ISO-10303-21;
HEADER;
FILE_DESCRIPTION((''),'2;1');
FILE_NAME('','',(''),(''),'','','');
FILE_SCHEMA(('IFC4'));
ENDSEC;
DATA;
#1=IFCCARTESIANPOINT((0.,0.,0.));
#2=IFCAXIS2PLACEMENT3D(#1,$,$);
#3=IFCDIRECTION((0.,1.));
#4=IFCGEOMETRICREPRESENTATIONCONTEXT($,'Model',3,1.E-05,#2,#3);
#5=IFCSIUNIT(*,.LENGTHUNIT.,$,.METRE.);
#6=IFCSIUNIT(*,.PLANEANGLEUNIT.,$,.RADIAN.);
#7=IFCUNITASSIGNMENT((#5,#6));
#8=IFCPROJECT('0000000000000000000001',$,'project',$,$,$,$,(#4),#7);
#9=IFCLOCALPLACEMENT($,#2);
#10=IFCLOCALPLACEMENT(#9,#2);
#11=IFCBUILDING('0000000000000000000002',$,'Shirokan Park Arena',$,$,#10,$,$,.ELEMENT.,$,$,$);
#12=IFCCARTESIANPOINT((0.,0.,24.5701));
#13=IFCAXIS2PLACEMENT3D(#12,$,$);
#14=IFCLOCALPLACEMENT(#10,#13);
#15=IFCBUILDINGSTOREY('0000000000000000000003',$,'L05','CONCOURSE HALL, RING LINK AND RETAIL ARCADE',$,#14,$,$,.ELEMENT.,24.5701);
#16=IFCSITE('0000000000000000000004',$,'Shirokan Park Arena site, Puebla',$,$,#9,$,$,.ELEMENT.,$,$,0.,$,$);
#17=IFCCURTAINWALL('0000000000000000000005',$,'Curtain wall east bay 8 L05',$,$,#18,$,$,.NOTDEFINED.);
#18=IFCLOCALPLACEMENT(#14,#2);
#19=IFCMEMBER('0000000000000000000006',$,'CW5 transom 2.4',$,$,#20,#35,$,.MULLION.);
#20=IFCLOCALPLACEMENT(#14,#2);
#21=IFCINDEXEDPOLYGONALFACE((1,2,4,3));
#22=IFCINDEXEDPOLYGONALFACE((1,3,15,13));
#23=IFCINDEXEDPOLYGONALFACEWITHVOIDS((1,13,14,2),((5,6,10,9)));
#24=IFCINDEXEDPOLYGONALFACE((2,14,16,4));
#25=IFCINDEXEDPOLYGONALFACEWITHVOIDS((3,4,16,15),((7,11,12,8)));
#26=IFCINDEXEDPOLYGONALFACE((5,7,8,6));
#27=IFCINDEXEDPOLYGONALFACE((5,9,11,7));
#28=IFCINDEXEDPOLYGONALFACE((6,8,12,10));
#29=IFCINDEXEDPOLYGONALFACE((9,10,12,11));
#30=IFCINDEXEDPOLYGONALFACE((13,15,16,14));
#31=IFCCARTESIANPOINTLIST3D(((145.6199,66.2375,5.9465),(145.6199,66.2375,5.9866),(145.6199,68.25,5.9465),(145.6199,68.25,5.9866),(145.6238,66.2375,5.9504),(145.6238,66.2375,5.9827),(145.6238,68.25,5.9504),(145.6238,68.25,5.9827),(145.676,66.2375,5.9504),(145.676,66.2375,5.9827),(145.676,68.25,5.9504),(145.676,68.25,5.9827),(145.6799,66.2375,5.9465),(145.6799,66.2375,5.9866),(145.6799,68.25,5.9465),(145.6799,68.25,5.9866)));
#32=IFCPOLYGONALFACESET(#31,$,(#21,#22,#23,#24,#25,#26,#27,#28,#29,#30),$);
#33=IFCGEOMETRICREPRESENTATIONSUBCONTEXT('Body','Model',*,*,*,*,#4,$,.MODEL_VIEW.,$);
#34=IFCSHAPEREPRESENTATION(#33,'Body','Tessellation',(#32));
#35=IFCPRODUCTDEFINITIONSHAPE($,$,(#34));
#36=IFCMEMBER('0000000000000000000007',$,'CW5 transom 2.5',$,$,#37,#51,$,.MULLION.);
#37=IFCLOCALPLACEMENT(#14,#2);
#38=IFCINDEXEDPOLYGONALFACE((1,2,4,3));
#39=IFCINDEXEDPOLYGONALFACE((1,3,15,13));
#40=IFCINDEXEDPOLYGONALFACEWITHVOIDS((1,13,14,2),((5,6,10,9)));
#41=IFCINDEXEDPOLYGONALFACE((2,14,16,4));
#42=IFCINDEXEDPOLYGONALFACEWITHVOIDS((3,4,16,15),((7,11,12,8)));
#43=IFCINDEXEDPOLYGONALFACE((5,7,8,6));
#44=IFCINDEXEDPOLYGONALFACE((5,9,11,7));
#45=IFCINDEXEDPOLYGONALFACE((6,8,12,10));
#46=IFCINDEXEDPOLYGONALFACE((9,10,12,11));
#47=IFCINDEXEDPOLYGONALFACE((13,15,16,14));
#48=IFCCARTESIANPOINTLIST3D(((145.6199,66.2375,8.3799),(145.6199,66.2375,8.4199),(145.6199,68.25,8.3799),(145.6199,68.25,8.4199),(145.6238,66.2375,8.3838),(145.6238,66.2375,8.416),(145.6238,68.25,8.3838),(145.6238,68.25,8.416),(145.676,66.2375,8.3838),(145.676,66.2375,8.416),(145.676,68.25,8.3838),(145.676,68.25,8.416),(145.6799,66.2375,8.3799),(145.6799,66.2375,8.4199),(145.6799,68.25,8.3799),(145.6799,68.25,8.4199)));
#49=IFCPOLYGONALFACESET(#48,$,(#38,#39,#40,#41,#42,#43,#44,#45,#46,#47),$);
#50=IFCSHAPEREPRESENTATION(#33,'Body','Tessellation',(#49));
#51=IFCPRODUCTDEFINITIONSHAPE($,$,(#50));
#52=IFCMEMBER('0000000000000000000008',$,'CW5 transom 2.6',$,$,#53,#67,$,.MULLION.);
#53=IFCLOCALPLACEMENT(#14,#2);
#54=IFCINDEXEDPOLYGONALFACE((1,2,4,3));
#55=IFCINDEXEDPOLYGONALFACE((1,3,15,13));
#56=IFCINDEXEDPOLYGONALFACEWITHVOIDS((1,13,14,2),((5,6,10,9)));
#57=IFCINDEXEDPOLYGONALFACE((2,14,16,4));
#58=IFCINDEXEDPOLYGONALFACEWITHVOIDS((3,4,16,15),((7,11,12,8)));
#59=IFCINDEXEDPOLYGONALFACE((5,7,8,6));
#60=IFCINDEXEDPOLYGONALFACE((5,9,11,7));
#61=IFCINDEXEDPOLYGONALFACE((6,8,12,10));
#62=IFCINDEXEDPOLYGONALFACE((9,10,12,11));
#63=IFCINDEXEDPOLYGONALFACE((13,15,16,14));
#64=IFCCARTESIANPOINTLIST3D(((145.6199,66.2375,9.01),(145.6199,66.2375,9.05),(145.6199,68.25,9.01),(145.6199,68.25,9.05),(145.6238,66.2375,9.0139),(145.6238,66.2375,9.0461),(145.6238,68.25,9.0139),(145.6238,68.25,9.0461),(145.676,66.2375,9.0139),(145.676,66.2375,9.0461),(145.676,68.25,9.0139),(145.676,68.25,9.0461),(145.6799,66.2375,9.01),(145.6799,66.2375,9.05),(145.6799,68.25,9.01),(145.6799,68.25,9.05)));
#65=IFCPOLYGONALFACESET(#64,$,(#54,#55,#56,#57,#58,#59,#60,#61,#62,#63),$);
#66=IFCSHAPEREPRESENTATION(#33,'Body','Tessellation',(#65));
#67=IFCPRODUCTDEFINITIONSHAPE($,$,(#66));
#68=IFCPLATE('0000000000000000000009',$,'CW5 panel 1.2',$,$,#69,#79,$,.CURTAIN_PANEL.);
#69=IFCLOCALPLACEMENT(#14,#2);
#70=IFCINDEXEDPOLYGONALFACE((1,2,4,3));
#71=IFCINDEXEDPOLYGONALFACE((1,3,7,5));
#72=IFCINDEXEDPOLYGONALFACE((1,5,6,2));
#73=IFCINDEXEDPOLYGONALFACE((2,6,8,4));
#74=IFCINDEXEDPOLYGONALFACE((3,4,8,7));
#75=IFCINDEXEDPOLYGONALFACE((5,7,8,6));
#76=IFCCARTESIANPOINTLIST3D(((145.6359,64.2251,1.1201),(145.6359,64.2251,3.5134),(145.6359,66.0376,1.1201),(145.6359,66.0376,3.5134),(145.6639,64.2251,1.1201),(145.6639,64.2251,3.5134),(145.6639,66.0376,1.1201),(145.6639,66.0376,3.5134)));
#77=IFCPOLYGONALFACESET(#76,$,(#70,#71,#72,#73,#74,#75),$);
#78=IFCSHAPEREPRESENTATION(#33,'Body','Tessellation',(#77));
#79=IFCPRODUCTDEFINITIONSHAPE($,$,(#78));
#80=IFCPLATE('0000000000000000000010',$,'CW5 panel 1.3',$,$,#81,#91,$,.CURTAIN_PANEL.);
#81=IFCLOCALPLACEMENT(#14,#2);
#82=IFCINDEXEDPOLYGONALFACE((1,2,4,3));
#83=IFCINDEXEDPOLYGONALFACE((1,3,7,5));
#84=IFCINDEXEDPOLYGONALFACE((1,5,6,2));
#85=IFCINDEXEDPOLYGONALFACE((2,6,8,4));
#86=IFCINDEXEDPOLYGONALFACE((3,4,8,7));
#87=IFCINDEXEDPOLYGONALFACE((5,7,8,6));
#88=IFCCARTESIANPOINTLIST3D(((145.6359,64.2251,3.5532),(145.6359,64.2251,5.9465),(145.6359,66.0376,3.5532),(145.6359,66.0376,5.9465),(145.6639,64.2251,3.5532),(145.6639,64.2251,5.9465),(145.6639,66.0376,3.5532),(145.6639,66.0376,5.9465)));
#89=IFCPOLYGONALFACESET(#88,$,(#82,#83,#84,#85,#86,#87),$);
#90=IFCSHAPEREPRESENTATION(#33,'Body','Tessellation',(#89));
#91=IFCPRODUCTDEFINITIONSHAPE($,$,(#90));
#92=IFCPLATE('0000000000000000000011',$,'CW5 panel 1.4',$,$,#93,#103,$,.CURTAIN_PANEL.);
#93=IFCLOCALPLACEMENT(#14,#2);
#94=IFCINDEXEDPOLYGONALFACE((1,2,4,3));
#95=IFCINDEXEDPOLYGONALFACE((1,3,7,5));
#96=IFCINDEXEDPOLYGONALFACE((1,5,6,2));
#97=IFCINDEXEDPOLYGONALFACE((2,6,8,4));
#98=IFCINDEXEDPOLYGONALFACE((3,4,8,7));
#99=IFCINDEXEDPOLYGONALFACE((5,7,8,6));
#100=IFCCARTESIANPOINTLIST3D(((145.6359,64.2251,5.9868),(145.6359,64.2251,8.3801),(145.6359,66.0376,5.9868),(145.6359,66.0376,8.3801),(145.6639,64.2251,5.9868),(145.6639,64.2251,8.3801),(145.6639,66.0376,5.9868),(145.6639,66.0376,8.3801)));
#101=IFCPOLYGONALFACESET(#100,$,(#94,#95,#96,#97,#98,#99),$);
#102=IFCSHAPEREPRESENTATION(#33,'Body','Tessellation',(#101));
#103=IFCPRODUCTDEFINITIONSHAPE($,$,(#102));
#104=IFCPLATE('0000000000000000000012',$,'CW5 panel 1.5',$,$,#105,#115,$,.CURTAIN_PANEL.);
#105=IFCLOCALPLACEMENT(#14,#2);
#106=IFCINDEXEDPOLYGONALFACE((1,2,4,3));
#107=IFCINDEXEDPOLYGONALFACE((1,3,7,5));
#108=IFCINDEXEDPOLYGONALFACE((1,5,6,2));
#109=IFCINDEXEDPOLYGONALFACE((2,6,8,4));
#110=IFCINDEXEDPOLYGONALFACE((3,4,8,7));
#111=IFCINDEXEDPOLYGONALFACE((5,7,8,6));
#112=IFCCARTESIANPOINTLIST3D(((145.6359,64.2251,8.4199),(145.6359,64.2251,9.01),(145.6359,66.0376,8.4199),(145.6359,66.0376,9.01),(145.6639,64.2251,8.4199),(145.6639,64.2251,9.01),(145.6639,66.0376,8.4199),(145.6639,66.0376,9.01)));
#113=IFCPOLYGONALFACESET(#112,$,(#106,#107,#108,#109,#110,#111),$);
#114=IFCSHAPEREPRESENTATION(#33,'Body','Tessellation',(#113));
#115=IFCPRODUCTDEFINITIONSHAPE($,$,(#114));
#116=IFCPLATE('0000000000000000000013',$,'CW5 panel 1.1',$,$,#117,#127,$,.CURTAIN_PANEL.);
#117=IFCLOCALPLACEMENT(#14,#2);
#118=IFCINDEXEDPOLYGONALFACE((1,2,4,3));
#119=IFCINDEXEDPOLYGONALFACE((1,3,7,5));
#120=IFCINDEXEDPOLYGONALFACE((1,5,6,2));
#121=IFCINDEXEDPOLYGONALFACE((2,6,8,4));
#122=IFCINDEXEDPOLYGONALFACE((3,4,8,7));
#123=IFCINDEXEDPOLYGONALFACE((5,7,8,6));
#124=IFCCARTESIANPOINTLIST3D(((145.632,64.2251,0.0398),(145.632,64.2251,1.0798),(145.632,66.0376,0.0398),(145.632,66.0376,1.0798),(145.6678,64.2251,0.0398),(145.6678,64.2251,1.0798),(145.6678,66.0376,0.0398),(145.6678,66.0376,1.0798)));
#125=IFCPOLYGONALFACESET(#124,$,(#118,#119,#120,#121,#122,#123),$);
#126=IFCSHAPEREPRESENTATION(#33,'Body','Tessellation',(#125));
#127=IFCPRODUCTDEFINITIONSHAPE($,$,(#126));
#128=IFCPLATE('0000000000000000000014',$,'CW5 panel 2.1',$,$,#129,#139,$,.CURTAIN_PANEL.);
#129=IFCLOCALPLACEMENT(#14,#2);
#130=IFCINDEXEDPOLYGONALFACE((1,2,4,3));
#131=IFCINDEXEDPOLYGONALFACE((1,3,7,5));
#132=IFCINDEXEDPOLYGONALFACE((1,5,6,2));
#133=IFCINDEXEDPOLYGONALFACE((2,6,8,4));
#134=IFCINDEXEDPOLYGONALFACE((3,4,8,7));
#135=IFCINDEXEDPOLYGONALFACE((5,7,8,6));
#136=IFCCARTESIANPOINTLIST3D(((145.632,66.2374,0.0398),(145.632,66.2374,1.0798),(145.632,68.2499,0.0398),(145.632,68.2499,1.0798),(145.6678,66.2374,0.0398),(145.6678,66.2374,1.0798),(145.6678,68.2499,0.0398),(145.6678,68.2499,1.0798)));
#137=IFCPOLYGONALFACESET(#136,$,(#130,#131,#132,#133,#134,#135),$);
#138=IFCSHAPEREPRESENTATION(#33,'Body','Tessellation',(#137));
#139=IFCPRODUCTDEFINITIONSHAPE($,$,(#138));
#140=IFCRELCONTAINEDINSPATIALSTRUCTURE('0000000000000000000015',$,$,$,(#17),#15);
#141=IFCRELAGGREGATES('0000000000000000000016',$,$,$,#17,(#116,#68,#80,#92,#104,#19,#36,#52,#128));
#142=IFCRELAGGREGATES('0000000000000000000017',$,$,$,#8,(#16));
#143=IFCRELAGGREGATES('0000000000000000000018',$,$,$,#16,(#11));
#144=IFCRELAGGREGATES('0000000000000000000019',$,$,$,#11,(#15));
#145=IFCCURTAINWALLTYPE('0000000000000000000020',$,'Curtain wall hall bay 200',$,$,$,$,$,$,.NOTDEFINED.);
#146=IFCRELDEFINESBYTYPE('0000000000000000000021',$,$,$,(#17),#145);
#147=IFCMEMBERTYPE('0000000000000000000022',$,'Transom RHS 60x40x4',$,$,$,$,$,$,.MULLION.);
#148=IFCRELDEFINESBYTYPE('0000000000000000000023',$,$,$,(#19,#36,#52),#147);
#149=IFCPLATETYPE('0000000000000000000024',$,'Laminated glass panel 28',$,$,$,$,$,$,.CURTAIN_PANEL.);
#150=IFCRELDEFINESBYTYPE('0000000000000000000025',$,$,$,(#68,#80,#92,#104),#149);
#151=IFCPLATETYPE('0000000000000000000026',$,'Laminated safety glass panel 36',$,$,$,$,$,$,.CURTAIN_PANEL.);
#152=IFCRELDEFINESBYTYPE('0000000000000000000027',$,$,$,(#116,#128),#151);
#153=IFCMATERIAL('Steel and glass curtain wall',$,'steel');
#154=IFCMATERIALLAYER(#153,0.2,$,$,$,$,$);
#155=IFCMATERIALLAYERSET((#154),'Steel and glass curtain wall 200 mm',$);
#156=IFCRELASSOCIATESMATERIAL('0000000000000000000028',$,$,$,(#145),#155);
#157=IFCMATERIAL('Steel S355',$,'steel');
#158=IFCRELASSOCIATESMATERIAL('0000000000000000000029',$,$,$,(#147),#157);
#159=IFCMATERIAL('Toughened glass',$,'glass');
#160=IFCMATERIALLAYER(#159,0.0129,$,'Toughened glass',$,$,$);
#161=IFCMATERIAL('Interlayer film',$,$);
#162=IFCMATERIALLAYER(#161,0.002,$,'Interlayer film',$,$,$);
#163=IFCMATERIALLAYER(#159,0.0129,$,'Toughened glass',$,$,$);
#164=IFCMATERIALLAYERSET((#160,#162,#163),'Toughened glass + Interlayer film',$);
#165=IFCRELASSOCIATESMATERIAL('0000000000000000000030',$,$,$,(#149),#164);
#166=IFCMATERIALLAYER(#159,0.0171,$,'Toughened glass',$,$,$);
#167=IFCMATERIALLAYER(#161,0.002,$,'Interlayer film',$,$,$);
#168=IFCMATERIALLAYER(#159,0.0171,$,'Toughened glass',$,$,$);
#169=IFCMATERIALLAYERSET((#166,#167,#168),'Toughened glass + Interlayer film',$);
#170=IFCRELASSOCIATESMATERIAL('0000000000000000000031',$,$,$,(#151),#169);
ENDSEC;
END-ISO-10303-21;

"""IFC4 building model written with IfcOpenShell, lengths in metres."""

from ifc_helpers import new_model, si_unit, direction, frame, origin, origin_2d, place, context, subcontext, project, spatial, rectangle, hollow_rectangle, extrude, material, layer, layer_set, material_profile, profile_set, type_object, element, aggregate, save


model = new_model("IFC4")

# Units and contexts
model_context = context("Model", 3, precision=1e-05, world=origin(), true_north=direction((0.0, 1.0)))
body_context = subcontext(model_context, "Body", "Model", "MODEL_VIEW")
ifc_project = project(units=[si_unit("LENGTHUNIT", "METRE"), si_unit("PLANEANGLEUNIT", "RADIAN")], contexts=[model_context])

# Site, building, storey
site_placement = place(None, origin())
site = spatial("IfcSite", under=ifc_project, at=site_placement, Name="Shirokan Park Arena site, Puebla", CompositionType="ELEMENT", RefElevation=0.0)
building_placement = place(site_placement, origin())
building = spatial("IfcBuilding", under=site, at=building_placement, Name="Shirokan Park Arena", CompositionType="ELEMENT")
storey_placement = place(building_placement, frame((0.0, 0.0, 24.5701)))
storey = spatial("IfcBuildingStorey", under=building, at=storey_placement, Name="L05", Description="CONCOURSE HALL, RING LINK AND RETAIL ARCADE", CompositionType="ELEMENT", Elevation=24.5701)

# Curtain wall, members, plates
ifc_material_1 = material(Name="Steel and glass curtain wall", Category="steel")
ifc_layer_1 = layer(ifc_material_1, 0.2)
ifc_layer_set_1 = layer_set([ifc_layer_1], Name="Steel and glass curtain wall 200 mm")
curtain_wall_type = type_object("IfcCurtainWallType", Name="Curtain wall hall bay 200", PredefinedType="NOTDEFINED", material=ifc_layer_set_1)
curtain_wall_placement = place(storey_placement, origin())
curtain_wall = element("IfcCurtainWall", 1, at=curtain_wall_placement, inside=storey, type_object=curtain_wall_type, Name="Curtain wall east bay 8 L05", PredefinedType="NOTDEFINED")
ifc_material_2 = material(Name="Steel S355", Category="steel")
ifc_material_profile_1 = material_profile(ifc_material_2, hollow_rectangle(XDim=0.0601, YDim=0.04, WallThickness=0.0039, at=origin_2d()), Name="RHS 60x40x4")
ifc_profile_set_1 = profile_set([ifc_material_profile_1], Name="Steel S355")
member_type_1 = type_object("IfcMemberType", Name="Transom RHS 60x40x4", PredefinedType="MULLION", material=ifc_profile_set_1)
member_1_placement = place(storey_placement, frame((145.6499, 66.2375, 5.9666), z_axis=(0.0, 1.0, 0.0), x_axis=(-1.0, 0.0, 0.0)))
member_1 = element("IfcMember", 2, at=member_1_placement, type_object=member_type_1, Name="CW5 transom 2.4", PredefinedType="MULLION", context=body_context, shape_type="SweptSolid", body=[
    extrude(hollow_rectangle(XDim=0.0601, YDim=0.04, WallThickness=0.0039, at=origin_2d()), origin(), (0.0, 0.0, 1.0), 2.0125),
])
member_2_placement = place(storey_placement, frame((145.6499, 66.2375, 8.3999), z_axis=(0.0, 1.0, 0.0), x_axis=(-1.0, 0.0, 0.0)))
member_2 = element("IfcMember", 3, at=member_2_placement, type_object=member_type_1, Name="CW5 transom 2.5", PredefinedType="MULLION", context=body_context, shape_type="SweptSolid", body=[
    extrude(hollow_rectangle(XDim=0.0601, YDim=0.04, WallThickness=0.0039, at=origin_2d()), origin(), (0.0, 0.0, 1.0), 2.0125),
])
member_3_placement = place(storey_placement, frame((145.6499, 66.2375, 9.03), z_axis=(0.0, 1.0, 0.0), x_axis=(-1.0, 0.0, 0.0)))
member_3 = element("IfcMember", 4, at=member_3_placement, type_object=member_type_1, Name="CW5 transom 2.6", PredefinedType="MULLION", context=body_context, shape_type="SweptSolid", body=[
    extrude(hollow_rectangle(XDim=0.0601, YDim=0.04, WallThickness=0.0039, at=origin_2d()), origin(), (0.0, 0.0, 1.0), 2.0125),
])
ifc_material_3 = material(Name="Toughened glass", Category="glass")
ifc_layer_2 = layer(ifc_material_3, 0.0129, Name="Toughened glass")
ifc_material_4 = material(Name="Interlayer film")
ifc_layer_3 = layer(ifc_material_4, 0.002, Name="Interlayer film")
ifc_layer_4 = layer(ifc_material_3, 0.0129, Name="Toughened glass")
ifc_layer_set_2 = layer_set([ifc_layer_2, ifc_layer_3, ifc_layer_4], Name="Toughened glass + Interlayer film")
plate_type_1 = type_object("IfcPlateType", Name="Laminated glass panel 28", PredefinedType="CURTAIN_PANEL", material=ifc_layer_set_2)
plate_1_placement = place(storey_placement, frame((145.6499, 65.1313, 1.1201), z_axis=(0.0, 0.0, 1.0), x_axis=(0.0, 1.0, 0.0)))
plate_1 = element("IfcPlate", 5, at=plate_1_placement, type_object=plate_type_1, Name="CW5 panel 1.2", PredefinedType="CURTAIN_PANEL", context=body_context, shape_type="SweptSolid", body=[
    extrude(rectangle(XDim=1.8125, YDim=0.0281, at=origin_2d()), origin(), (0.0, 0.0, 1.0), 2.3933),
])
plate_2_placement = place(storey_placement, frame((145.6499, 65.1313, 3.5532), z_axis=(0.0, 0.0, 1.0), x_axis=(0.0, 1.0, 0.0)))
plate_2 = element("IfcPlate", 6, at=plate_2_placement, type_object=plate_type_1, Name="CW5 panel 1.3", PredefinedType="CURTAIN_PANEL", context=body_context, shape_type="SweptSolid", body=[
    extrude(rectangle(XDim=1.8125, YDim=0.0281, at=origin_2d()), origin(), (0.0, 0.0, 1.0), 2.3933),
])
plate_3_placement = place(storey_placement, frame((145.6499, 65.1313, 5.9868), z_axis=(0.0, 0.0, 1.0), x_axis=(0.0, 1.0, 0.0)))
plate_3 = element("IfcPlate", 7, at=plate_3_placement, type_object=plate_type_1, Name="CW5 panel 1.4", PredefinedType="CURTAIN_PANEL", context=body_context, shape_type="SweptSolid", body=[
    extrude(rectangle(XDim=1.8125, YDim=0.0281, at=origin_2d()), origin(), (0.0, 0.0, 1.0), 2.3933),
])
plate_4_placement = place(storey_placement, frame((145.6499, 65.1313, 8.4199), z_axis=(0.0, 0.0, 1.0), x_axis=(0.0, 1.0, 0.0)))
plate_4 = element("IfcPlate", 8, at=plate_4_placement, type_object=plate_type_1, Name="CW5 panel 1.5", PredefinedType="CURTAIN_PANEL", context=body_context, shape_type="SweptSolid", body=[
    extrude(rectangle(XDim=1.8125, YDim=0.0281, at=origin_2d()), origin(), (0.0, 0.0, 1.0), 0.5901),
])
ifc_layer_5 = layer(ifc_material_3, 0.0171, Name="Toughened glass")
ifc_layer_6 = layer(ifc_material_4, 0.002, Name="Interlayer film")
ifc_layer_7 = layer(ifc_material_3, 0.0171, Name="Toughened glass")
ifc_layer_set_3 = layer_set([ifc_layer_5, ifc_layer_6, ifc_layer_7], Name="Toughened glass + Interlayer film")
plate_type_2 = type_object("IfcPlateType", Name="Laminated safety glass panel 36", PredefinedType="CURTAIN_PANEL", material=ifc_layer_set_3)
plate_5_placement = place(storey_placement, frame((145.6499, 65.1313, 0.0398), z_axis=(0.0, 0.0, 1.0), x_axis=(0.0, 1.0, 0.0)))
plate_5 = element("IfcPlate", 9, at=plate_5_placement, type_object=plate_type_2, Name="CW5 panel 1.1", PredefinedType="CURTAIN_PANEL", context=body_context, shape_type="SweptSolid", body=[
    extrude(rectangle(XDim=1.8125, YDim=0.0359, at=origin_2d()), origin(), (0.0, 0.0, 1.0), 1.04),
])
plate_6_placement = place(storey_placement, frame((145.6499, 67.2437, 0.0398), z_axis=(0.0, 0.0, 1.0), x_axis=(0.0, 1.0, 0.0)))
plate_6 = element("IfcPlate", 10, at=plate_6_placement, type_object=plate_type_2, Name="CW5 panel 2.1", PredefinedType="CURTAIN_PANEL", context=body_context, shape_type="SweptSolid", body=[
    extrude(rectangle(XDim=2.0125, YDim=0.0359, at=origin_2d()), origin(), (0.0, 0.0, 1.0), 1.04),
])
aggregate(curtain_wall, [plate_5, plate_1, plate_2, plate_3, plate_4, member_1, member_2, member_3, plate_6])

save(model, "model.ifc")
